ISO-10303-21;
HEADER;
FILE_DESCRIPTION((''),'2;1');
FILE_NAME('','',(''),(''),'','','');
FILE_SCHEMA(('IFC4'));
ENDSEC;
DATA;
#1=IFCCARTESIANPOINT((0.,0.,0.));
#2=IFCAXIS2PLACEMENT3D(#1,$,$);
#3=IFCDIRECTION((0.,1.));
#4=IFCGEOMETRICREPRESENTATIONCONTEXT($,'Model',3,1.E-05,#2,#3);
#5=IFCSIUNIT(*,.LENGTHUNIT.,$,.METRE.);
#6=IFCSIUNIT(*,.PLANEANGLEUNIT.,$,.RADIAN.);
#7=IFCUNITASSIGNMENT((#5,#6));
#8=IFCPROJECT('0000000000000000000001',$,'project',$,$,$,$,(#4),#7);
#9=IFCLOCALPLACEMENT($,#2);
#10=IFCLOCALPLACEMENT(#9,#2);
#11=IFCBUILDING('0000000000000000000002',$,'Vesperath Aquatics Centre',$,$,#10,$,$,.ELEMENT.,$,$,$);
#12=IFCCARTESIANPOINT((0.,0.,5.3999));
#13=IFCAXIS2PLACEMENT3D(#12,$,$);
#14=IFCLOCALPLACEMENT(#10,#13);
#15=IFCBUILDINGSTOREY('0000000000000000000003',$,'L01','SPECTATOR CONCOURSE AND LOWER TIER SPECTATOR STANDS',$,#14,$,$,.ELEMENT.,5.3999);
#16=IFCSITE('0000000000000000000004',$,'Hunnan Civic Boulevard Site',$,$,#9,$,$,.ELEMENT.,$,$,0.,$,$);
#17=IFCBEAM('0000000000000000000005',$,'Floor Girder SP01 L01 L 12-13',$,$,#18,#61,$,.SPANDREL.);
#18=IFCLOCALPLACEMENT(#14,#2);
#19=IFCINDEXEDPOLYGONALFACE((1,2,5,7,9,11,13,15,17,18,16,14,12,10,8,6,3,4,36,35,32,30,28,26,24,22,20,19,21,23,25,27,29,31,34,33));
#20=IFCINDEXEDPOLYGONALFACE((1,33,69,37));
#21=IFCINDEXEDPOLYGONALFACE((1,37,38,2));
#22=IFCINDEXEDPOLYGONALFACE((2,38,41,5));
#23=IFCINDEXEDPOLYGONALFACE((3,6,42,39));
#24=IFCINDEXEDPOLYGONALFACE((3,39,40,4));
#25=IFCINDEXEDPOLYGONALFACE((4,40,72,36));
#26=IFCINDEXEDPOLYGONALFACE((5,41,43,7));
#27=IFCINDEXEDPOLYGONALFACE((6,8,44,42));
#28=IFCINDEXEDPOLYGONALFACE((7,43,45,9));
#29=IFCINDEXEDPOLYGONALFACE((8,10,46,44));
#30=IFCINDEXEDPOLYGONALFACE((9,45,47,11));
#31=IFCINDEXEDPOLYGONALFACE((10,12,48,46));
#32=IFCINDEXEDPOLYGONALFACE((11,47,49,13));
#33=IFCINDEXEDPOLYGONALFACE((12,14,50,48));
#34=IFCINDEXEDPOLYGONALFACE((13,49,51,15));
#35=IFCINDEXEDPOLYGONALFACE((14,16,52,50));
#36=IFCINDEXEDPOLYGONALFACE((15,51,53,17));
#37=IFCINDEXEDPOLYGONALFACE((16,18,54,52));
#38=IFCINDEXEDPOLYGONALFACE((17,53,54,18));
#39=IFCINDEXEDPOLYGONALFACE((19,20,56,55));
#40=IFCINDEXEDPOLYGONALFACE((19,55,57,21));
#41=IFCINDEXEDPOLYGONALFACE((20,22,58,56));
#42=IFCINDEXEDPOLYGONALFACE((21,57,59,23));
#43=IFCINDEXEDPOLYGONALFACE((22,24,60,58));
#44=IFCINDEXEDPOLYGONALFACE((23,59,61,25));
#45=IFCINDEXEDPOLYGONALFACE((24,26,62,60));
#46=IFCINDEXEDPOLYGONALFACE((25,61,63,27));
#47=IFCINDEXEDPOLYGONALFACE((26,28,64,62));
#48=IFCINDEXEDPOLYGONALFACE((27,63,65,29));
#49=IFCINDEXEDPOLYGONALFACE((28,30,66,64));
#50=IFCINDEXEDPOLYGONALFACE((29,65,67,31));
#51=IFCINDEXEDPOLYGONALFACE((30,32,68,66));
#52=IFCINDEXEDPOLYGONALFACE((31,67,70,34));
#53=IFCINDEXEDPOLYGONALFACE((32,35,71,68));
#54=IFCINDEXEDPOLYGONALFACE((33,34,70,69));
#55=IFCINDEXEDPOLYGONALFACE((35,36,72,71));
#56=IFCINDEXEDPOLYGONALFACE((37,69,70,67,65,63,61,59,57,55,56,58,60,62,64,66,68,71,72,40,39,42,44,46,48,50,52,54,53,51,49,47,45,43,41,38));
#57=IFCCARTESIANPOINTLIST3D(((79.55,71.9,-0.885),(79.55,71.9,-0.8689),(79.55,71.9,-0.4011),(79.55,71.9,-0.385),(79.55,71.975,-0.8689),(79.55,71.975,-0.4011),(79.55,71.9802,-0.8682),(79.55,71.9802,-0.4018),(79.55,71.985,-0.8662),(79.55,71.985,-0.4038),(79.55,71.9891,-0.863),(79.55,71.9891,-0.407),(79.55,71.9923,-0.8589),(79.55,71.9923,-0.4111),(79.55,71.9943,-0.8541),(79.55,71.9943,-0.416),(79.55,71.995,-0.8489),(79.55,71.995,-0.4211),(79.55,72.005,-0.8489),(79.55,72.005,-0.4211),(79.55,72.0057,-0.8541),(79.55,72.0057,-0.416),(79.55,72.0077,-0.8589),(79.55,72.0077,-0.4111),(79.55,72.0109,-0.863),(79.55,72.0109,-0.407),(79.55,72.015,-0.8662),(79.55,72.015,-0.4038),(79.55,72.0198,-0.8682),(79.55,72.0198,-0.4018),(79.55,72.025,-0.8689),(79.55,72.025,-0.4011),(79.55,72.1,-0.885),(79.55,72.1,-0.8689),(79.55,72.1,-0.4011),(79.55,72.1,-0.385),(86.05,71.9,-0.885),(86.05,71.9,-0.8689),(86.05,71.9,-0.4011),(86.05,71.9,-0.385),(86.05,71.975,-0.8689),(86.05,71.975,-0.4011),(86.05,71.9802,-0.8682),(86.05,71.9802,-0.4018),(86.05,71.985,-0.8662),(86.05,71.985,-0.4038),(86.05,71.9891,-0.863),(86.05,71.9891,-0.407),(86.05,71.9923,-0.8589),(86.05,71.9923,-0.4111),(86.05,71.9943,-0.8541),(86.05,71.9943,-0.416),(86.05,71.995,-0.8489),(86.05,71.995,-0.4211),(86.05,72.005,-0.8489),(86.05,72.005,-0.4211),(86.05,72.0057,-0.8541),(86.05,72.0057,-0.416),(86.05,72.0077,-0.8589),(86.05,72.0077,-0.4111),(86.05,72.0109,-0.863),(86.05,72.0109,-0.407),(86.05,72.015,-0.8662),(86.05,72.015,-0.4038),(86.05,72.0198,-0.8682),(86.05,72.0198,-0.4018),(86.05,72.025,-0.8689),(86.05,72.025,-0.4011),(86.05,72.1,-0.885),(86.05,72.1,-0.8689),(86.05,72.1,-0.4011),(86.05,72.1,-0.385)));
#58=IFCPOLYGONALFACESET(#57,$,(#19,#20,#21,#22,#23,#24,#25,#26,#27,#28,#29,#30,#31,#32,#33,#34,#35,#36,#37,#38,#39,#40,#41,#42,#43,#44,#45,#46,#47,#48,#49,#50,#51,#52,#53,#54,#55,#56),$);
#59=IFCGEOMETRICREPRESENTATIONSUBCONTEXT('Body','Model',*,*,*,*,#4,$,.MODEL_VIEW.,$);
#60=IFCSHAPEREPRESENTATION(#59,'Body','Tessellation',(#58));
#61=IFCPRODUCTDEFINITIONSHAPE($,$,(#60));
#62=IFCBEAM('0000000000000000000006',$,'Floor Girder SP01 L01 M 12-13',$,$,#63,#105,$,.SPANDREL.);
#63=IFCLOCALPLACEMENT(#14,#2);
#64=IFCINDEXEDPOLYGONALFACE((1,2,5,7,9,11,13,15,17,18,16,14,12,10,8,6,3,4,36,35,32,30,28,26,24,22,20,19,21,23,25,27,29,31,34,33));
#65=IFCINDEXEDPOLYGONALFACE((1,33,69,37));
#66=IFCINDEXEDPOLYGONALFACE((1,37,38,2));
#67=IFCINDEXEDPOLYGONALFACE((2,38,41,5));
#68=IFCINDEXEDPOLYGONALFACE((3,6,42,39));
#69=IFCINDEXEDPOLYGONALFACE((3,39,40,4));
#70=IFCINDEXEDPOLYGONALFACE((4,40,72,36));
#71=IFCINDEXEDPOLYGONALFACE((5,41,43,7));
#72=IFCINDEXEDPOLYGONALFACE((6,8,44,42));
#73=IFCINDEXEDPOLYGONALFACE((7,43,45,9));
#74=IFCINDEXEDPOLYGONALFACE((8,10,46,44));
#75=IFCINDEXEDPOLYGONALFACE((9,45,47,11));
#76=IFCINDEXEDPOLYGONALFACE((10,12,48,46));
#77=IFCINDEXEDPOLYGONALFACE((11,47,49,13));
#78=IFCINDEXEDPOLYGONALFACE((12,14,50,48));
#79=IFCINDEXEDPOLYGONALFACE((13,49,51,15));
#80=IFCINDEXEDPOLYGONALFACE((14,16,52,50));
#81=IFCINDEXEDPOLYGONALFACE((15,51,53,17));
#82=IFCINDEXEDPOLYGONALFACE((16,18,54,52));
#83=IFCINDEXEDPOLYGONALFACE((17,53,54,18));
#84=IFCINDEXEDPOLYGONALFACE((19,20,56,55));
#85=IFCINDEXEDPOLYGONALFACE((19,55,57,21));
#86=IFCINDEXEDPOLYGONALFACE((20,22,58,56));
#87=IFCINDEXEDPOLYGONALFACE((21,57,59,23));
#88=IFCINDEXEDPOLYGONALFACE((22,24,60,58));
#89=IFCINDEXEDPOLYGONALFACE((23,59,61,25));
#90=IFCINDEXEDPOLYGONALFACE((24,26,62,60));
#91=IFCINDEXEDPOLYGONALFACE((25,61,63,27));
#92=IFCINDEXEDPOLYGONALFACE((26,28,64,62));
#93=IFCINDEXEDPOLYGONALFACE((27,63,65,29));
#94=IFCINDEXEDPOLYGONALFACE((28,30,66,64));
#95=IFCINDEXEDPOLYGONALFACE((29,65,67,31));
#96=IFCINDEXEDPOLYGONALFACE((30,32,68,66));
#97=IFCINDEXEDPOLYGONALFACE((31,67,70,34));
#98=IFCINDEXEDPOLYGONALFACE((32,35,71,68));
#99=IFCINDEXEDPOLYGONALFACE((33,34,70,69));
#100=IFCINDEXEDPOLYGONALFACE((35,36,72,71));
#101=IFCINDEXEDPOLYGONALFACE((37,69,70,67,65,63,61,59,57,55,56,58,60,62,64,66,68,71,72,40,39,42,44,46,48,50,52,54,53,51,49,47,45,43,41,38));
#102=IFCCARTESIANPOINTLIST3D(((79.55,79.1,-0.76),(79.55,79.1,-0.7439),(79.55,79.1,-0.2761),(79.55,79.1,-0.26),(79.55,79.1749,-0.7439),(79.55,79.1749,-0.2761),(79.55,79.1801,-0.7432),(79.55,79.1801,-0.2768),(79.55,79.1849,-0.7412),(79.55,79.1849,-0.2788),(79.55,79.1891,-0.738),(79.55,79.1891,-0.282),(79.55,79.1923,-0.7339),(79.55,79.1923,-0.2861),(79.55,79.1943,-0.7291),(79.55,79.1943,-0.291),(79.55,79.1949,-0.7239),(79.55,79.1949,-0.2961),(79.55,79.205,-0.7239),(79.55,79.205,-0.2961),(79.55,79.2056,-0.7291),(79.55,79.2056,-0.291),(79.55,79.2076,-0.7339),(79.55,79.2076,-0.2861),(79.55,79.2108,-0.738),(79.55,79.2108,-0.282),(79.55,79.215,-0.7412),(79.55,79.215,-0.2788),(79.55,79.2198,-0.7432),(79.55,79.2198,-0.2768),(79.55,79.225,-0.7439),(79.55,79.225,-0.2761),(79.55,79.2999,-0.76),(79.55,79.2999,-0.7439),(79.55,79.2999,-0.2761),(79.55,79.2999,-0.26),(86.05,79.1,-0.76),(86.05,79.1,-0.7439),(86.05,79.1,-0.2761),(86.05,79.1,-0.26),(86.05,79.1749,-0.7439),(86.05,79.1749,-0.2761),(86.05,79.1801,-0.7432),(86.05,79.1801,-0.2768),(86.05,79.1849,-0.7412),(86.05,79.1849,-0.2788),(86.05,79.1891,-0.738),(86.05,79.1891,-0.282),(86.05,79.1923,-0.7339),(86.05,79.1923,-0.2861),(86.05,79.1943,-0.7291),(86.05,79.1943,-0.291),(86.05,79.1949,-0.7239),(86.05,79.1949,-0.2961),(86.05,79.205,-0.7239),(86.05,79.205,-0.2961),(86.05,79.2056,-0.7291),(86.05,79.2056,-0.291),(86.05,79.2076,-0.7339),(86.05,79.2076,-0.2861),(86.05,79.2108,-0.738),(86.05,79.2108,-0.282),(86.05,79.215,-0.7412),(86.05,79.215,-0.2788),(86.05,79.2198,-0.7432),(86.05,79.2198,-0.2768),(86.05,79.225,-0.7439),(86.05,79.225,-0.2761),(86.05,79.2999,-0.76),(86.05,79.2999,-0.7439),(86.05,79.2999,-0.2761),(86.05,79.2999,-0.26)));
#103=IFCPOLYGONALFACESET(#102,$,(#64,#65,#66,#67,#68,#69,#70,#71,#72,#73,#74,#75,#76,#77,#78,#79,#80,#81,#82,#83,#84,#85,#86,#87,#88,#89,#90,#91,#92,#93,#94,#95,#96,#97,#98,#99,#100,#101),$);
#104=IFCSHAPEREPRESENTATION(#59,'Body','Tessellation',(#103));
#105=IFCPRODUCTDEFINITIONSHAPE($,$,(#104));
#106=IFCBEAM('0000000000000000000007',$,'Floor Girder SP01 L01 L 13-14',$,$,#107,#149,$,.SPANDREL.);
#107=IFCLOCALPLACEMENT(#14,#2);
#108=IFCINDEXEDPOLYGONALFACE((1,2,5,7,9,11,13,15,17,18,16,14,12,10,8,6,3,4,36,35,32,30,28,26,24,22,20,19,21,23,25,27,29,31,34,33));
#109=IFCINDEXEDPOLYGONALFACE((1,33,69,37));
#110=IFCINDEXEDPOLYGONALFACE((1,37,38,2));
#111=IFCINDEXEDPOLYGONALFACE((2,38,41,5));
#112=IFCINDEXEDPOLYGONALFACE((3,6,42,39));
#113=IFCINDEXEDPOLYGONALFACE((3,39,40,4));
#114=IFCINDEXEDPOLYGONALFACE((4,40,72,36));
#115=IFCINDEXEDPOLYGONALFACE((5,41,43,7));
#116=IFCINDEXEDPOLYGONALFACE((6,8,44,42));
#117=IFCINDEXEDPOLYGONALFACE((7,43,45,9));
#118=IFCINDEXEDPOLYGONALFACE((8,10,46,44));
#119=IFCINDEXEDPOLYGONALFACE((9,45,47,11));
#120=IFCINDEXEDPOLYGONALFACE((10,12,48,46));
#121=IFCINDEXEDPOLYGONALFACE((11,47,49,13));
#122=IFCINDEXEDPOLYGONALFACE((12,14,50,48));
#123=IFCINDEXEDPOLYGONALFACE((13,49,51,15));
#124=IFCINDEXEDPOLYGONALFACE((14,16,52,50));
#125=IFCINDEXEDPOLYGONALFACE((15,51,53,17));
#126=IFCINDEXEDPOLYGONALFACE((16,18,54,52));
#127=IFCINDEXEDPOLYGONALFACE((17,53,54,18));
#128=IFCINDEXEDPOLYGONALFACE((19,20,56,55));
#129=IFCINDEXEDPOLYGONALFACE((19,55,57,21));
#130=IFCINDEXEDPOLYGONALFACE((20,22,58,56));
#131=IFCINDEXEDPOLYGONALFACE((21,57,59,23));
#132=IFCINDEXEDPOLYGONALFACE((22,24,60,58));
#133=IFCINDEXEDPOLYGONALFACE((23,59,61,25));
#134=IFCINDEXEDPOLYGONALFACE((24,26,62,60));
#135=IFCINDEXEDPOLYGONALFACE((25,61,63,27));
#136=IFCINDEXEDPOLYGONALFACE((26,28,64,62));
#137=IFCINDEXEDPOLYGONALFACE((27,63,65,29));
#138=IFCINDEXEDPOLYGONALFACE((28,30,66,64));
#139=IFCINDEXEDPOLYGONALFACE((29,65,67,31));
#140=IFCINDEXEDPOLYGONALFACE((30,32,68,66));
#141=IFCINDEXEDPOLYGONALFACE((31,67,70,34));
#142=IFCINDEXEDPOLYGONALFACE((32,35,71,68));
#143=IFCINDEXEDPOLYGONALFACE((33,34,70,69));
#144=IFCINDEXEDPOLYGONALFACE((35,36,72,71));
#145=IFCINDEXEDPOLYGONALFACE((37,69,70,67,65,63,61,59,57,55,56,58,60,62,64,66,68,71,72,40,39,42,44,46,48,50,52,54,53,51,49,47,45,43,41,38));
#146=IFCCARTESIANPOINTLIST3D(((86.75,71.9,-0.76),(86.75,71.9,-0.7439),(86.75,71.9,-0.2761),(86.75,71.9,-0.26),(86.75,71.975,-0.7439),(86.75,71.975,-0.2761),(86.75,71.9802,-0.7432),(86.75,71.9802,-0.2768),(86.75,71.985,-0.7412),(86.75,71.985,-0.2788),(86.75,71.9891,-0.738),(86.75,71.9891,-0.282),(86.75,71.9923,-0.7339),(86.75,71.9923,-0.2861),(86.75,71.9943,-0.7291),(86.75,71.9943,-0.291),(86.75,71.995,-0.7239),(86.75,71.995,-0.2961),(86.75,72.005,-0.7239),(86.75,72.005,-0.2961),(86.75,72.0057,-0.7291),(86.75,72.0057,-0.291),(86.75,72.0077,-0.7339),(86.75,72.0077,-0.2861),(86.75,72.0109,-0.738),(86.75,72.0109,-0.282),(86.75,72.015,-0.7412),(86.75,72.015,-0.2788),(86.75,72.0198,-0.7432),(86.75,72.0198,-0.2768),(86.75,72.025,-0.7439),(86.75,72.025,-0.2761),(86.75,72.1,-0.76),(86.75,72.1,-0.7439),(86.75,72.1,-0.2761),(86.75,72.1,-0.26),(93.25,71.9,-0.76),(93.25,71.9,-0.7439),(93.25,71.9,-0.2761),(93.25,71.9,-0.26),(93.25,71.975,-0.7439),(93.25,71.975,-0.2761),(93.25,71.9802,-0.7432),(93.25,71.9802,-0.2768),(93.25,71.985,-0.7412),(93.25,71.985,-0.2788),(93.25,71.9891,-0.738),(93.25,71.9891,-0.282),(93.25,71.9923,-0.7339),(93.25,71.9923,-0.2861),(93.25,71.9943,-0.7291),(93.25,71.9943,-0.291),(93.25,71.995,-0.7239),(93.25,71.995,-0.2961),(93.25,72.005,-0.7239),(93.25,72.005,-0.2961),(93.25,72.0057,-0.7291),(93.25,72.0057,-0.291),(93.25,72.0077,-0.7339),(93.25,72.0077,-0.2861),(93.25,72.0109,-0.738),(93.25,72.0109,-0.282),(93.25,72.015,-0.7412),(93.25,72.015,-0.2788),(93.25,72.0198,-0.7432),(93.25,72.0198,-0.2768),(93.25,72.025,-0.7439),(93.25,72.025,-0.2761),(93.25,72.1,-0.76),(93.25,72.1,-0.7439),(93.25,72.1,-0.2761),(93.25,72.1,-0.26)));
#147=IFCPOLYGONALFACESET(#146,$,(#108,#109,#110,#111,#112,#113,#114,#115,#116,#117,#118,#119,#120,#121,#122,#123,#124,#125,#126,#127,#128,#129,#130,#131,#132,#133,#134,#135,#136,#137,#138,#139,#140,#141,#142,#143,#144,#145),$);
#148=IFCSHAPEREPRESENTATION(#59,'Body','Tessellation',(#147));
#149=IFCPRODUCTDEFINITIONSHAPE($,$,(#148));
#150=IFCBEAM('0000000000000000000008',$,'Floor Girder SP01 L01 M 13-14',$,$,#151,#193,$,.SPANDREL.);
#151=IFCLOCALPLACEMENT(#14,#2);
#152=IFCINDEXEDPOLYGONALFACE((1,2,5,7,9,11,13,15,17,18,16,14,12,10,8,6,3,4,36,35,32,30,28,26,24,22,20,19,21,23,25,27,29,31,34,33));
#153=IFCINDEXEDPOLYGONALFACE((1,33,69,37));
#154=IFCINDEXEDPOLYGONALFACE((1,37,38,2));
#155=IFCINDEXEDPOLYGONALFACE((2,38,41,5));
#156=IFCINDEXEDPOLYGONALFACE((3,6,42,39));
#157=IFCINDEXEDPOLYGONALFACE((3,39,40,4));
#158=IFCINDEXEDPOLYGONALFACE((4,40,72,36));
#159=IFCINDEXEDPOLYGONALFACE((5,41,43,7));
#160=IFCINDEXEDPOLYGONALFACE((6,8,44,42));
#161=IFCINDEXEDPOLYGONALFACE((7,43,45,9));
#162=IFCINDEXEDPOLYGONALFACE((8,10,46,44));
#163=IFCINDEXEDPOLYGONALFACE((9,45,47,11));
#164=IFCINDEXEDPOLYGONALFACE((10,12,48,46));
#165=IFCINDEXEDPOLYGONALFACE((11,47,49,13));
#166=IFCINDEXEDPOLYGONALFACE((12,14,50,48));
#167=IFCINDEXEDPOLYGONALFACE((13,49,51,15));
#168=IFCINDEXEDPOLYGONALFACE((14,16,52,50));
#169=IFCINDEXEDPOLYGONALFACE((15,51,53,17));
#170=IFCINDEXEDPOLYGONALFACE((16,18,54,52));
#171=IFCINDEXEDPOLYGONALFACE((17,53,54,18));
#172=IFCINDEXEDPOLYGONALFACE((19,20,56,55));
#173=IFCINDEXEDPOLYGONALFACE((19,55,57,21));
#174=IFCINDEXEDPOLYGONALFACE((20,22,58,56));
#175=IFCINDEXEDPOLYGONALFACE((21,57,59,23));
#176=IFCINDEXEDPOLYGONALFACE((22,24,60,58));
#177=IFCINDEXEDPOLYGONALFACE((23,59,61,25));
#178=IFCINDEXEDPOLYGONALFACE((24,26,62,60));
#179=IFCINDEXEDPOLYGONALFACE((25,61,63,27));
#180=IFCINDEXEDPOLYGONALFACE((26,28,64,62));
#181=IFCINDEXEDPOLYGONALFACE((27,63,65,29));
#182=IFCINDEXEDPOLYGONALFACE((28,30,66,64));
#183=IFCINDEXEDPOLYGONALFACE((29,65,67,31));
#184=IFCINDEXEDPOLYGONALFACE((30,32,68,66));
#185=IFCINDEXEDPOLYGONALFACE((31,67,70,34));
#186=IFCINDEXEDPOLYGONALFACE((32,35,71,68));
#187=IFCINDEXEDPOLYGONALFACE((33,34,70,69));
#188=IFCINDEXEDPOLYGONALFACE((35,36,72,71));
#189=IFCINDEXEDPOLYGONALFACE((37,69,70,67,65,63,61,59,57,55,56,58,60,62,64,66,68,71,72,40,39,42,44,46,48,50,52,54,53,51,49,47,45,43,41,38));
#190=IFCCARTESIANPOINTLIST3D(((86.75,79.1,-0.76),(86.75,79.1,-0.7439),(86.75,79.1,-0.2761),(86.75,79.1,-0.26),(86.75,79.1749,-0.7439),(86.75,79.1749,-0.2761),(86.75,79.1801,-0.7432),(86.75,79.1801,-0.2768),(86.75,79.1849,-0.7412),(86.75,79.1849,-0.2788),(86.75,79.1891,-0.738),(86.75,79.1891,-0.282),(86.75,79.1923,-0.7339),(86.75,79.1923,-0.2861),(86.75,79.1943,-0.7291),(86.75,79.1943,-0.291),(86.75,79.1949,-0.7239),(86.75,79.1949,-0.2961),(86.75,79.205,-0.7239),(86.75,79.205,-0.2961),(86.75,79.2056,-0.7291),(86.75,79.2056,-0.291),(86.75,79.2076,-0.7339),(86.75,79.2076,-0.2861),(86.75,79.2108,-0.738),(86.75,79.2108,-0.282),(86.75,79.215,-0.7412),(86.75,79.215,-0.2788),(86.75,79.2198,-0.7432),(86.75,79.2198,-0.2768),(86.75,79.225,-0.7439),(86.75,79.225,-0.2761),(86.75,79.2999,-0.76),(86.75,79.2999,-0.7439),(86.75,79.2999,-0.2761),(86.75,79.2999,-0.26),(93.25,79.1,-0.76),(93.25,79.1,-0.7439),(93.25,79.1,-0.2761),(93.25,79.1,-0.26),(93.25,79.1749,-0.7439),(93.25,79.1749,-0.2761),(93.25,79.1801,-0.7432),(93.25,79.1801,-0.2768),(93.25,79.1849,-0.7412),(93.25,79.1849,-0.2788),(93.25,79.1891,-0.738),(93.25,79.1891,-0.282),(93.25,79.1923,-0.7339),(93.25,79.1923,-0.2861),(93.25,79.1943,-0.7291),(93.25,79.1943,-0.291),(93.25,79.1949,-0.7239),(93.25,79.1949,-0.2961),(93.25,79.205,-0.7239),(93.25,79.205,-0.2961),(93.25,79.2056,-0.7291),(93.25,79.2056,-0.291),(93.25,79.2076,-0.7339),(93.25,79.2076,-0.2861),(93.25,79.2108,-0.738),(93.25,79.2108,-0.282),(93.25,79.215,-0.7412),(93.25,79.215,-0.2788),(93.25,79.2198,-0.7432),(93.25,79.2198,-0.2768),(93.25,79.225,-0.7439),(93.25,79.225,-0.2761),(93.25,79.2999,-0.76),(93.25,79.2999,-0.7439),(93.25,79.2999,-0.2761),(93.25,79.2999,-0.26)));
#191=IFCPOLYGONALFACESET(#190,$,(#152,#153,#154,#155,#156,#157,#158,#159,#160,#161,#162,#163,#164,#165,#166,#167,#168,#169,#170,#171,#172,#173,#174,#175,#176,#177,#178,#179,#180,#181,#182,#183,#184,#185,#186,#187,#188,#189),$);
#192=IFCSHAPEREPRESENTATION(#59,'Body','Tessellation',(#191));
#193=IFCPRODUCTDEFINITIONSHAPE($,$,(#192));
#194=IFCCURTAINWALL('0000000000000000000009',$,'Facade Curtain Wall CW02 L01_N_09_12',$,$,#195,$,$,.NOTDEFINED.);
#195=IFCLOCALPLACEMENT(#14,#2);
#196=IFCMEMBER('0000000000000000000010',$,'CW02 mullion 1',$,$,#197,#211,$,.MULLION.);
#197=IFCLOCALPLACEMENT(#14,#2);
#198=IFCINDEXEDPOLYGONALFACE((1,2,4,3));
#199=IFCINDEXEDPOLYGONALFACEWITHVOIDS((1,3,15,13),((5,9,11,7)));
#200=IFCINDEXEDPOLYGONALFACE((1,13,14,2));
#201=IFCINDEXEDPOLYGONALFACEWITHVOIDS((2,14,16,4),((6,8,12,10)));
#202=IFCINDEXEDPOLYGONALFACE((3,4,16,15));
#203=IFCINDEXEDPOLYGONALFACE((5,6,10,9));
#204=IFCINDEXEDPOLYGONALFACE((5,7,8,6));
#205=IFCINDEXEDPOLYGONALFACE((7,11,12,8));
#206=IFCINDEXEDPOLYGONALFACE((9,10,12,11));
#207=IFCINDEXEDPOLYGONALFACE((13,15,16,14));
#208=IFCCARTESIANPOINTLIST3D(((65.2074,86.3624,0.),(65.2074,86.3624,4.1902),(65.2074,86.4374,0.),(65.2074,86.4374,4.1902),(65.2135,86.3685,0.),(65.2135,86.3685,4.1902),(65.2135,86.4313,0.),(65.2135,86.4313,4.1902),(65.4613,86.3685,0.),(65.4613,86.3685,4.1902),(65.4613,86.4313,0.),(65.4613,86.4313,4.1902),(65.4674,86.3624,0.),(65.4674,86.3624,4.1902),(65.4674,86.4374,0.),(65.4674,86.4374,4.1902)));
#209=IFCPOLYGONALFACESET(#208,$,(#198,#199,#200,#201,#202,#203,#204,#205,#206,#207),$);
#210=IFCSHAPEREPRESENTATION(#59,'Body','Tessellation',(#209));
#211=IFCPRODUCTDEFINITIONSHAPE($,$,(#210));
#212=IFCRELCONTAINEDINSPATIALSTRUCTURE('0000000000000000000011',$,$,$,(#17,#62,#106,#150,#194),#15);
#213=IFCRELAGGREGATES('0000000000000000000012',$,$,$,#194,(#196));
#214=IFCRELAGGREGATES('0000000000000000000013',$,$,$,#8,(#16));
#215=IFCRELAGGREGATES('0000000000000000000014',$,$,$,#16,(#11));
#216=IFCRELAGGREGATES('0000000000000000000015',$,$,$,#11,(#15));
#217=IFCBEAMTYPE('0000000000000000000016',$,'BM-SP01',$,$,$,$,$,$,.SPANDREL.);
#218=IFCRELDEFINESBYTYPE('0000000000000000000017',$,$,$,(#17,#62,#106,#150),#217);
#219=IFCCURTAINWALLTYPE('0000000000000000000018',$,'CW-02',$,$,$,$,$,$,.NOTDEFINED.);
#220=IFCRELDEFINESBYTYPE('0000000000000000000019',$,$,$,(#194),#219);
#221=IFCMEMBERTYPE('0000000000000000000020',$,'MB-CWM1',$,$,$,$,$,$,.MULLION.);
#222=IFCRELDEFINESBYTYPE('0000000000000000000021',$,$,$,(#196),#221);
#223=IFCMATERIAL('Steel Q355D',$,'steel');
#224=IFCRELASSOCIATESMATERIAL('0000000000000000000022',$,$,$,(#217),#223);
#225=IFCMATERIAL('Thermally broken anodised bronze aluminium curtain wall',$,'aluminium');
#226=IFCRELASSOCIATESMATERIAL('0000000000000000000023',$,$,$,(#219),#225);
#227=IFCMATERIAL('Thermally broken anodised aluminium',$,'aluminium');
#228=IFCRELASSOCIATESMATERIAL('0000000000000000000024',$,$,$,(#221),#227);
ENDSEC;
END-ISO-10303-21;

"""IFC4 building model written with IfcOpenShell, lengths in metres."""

from ifc_helpers import new_model, si_unit, direction, frame, origin, origin_2d, place, context, subcontext, project, spatial, hollow_rectangle, i_section, extrude, material, material_profile, profile_set, type_object, element, aggregate, save


model = new_model("IFC4")

# Units and contexts
model_context = context("Model", 3, precision=1e-05, world=origin(), true_north=direction((0.0, 1.0)))
body_context = subcontext(model_context, "Body", "Model", "MODEL_VIEW")
ifc_project = project(units=[si_unit("LENGTHUNIT", "METRE"), si_unit("PLANEANGLEUNIT", "RADIAN")], contexts=[model_context])

# Site, building, storey
site_placement = place(None, origin())
site = spatial("IfcSite", under=ifc_project, at=site_placement, Name="Hunnan Civic Boulevard Site", CompositionType="ELEMENT", RefElevation=0.0)
building_placement = place(site_placement, origin())
building = spatial("IfcBuilding", under=site, at=building_placement, Name="Vesperath Aquatics Centre", CompositionType="ELEMENT")
storey_placement = place(building_placement, frame((0.0, 0.0, 5.3999)))
storey = spatial("IfcBuildingStorey", under=building, at=storey_placement, Name="L01", Description="SPECTATOR CONCOURSE AND LOWER TIER SPECTATOR STANDS", CompositionType="ELEMENT", Elevation=5.3999)

# Beams
ifc_material_1 = material(Name="Steel Q355D", Category="steel")
ifc_material_profile_1 = material_profile(ifc_material_1, i_section(OverallWidth=0.2, OverallDepth=0.5, WebThickness=0.01, FlangeThickness=0.0161, FilletRadius=0.02, at=origin_2d()), Name="HN 500x200x10x16")
ifc_profile_set_1 = profile_set([ifc_material_profile_1], Name="Steel Q355D")
beam_type_1 = type_object("IfcBeamType", Name="BM-SP01", PredefinedType="SPANDREL", material=ifc_profile_set_1)
for number, where, z_axis, x_axis, name in (
    (1, (79.55, 72.0, -0.635), (1.0, 0.0, 0.0), (0.0, 1.0, 0.0), "Floor Girder SP01 L01 L 12-13"),
    (2, (79.55, 79.2, -0.51), (1.0, 0.0, 0.0), (0.0, 1.0, 0.0), "Floor Girder SP01 L01 M 12-13"),
    (3, (86.75, 72.0, -0.51), (1.0, 0.0, 0.0), (0.0, 1.0, 0.0), "Floor Girder SP01 L01 L 13-14"),
    (4, (86.75, 79.2, -0.51), (1.0, 0.0, 0.0), (0.0, 1.0, 0.0), "Floor Girder SP01 L01 M 13-14"),
):
    element("IfcBeam", number, at=place(storey_placement, frame(where, z_axis=z_axis, x_axis=x_axis)), inside=storey, type_object=beam_type_1, Name=name, PredefinedType="SPANDREL", context=body_context, shape_type="SweptSolid", body=[
        extrude(i_section(OverallWidth=0.2, OverallDepth=0.5, WebThickness=0.01, FlangeThickness=0.0161, FilletRadius=0.02, at=origin_2d()), origin(), (0.0, 0.0, 1.0), 6.5),
    ])

# Curtain wall, member
ifc_material_2 = material(Name="Thermally broken anodised bronze aluminium curtain wall", Category="aluminium")
curtain_wall_type = type_object("IfcCurtainWallType", Name="CW-02", PredefinedType="NOTDEFINED", material=ifc_material_2)
curtain_wall_placement = place(storey_placement, origin())
curtain_wall = element("IfcCurtainWall", 5, at=curtain_wall_placement, inside=storey, type_object=curtain_wall_type, Name="Facade Curtain Wall CW02 L01_N_09_12", PredefinedType="NOTDEFINED")
ifc_material_3 = material(Name="Thermally broken anodised aluminium", Category="aluminium")
ifc_material_profile_2 = material_profile(ifc_material_3, hollow_rectangle(XDim=0.075, YDim=0.26, WallThickness=0.0061, at=origin_2d()), Name="CWM 75x260x6")
ifc_profile_set_2 = profile_set([ifc_material_profile_2], Name="Thermally broken anodised aluminium")
member_type_1 = type_object("IfcMemberType", Name="MB-CWM1", PredefinedType="MULLION", material=ifc_profile_set_2)
member_1_placement = place(storey_placement, frame((65.3374, 86.3999, 0.0), z_axis=(0.0, 0.0, 1.0), x_axis=(0.0, 1.0, 0.0)))
member_1 = element("IfcMember", 6, at=member_1_placement, type_object=member_type_1, Name="CW02 mullion 1", PredefinedType="MULLION", context=body_context, shape_type="SweptSolid", body=[
    extrude(hollow_rectangle(XDim=0.075, YDim=0.26, WallThickness=0.0061, at=origin_2d()), origin(), (0.0, 0.0, 1.0), 4.1902),
])
aggregate(curtain_wall, [member_1])

save(model, "model.ifc")
